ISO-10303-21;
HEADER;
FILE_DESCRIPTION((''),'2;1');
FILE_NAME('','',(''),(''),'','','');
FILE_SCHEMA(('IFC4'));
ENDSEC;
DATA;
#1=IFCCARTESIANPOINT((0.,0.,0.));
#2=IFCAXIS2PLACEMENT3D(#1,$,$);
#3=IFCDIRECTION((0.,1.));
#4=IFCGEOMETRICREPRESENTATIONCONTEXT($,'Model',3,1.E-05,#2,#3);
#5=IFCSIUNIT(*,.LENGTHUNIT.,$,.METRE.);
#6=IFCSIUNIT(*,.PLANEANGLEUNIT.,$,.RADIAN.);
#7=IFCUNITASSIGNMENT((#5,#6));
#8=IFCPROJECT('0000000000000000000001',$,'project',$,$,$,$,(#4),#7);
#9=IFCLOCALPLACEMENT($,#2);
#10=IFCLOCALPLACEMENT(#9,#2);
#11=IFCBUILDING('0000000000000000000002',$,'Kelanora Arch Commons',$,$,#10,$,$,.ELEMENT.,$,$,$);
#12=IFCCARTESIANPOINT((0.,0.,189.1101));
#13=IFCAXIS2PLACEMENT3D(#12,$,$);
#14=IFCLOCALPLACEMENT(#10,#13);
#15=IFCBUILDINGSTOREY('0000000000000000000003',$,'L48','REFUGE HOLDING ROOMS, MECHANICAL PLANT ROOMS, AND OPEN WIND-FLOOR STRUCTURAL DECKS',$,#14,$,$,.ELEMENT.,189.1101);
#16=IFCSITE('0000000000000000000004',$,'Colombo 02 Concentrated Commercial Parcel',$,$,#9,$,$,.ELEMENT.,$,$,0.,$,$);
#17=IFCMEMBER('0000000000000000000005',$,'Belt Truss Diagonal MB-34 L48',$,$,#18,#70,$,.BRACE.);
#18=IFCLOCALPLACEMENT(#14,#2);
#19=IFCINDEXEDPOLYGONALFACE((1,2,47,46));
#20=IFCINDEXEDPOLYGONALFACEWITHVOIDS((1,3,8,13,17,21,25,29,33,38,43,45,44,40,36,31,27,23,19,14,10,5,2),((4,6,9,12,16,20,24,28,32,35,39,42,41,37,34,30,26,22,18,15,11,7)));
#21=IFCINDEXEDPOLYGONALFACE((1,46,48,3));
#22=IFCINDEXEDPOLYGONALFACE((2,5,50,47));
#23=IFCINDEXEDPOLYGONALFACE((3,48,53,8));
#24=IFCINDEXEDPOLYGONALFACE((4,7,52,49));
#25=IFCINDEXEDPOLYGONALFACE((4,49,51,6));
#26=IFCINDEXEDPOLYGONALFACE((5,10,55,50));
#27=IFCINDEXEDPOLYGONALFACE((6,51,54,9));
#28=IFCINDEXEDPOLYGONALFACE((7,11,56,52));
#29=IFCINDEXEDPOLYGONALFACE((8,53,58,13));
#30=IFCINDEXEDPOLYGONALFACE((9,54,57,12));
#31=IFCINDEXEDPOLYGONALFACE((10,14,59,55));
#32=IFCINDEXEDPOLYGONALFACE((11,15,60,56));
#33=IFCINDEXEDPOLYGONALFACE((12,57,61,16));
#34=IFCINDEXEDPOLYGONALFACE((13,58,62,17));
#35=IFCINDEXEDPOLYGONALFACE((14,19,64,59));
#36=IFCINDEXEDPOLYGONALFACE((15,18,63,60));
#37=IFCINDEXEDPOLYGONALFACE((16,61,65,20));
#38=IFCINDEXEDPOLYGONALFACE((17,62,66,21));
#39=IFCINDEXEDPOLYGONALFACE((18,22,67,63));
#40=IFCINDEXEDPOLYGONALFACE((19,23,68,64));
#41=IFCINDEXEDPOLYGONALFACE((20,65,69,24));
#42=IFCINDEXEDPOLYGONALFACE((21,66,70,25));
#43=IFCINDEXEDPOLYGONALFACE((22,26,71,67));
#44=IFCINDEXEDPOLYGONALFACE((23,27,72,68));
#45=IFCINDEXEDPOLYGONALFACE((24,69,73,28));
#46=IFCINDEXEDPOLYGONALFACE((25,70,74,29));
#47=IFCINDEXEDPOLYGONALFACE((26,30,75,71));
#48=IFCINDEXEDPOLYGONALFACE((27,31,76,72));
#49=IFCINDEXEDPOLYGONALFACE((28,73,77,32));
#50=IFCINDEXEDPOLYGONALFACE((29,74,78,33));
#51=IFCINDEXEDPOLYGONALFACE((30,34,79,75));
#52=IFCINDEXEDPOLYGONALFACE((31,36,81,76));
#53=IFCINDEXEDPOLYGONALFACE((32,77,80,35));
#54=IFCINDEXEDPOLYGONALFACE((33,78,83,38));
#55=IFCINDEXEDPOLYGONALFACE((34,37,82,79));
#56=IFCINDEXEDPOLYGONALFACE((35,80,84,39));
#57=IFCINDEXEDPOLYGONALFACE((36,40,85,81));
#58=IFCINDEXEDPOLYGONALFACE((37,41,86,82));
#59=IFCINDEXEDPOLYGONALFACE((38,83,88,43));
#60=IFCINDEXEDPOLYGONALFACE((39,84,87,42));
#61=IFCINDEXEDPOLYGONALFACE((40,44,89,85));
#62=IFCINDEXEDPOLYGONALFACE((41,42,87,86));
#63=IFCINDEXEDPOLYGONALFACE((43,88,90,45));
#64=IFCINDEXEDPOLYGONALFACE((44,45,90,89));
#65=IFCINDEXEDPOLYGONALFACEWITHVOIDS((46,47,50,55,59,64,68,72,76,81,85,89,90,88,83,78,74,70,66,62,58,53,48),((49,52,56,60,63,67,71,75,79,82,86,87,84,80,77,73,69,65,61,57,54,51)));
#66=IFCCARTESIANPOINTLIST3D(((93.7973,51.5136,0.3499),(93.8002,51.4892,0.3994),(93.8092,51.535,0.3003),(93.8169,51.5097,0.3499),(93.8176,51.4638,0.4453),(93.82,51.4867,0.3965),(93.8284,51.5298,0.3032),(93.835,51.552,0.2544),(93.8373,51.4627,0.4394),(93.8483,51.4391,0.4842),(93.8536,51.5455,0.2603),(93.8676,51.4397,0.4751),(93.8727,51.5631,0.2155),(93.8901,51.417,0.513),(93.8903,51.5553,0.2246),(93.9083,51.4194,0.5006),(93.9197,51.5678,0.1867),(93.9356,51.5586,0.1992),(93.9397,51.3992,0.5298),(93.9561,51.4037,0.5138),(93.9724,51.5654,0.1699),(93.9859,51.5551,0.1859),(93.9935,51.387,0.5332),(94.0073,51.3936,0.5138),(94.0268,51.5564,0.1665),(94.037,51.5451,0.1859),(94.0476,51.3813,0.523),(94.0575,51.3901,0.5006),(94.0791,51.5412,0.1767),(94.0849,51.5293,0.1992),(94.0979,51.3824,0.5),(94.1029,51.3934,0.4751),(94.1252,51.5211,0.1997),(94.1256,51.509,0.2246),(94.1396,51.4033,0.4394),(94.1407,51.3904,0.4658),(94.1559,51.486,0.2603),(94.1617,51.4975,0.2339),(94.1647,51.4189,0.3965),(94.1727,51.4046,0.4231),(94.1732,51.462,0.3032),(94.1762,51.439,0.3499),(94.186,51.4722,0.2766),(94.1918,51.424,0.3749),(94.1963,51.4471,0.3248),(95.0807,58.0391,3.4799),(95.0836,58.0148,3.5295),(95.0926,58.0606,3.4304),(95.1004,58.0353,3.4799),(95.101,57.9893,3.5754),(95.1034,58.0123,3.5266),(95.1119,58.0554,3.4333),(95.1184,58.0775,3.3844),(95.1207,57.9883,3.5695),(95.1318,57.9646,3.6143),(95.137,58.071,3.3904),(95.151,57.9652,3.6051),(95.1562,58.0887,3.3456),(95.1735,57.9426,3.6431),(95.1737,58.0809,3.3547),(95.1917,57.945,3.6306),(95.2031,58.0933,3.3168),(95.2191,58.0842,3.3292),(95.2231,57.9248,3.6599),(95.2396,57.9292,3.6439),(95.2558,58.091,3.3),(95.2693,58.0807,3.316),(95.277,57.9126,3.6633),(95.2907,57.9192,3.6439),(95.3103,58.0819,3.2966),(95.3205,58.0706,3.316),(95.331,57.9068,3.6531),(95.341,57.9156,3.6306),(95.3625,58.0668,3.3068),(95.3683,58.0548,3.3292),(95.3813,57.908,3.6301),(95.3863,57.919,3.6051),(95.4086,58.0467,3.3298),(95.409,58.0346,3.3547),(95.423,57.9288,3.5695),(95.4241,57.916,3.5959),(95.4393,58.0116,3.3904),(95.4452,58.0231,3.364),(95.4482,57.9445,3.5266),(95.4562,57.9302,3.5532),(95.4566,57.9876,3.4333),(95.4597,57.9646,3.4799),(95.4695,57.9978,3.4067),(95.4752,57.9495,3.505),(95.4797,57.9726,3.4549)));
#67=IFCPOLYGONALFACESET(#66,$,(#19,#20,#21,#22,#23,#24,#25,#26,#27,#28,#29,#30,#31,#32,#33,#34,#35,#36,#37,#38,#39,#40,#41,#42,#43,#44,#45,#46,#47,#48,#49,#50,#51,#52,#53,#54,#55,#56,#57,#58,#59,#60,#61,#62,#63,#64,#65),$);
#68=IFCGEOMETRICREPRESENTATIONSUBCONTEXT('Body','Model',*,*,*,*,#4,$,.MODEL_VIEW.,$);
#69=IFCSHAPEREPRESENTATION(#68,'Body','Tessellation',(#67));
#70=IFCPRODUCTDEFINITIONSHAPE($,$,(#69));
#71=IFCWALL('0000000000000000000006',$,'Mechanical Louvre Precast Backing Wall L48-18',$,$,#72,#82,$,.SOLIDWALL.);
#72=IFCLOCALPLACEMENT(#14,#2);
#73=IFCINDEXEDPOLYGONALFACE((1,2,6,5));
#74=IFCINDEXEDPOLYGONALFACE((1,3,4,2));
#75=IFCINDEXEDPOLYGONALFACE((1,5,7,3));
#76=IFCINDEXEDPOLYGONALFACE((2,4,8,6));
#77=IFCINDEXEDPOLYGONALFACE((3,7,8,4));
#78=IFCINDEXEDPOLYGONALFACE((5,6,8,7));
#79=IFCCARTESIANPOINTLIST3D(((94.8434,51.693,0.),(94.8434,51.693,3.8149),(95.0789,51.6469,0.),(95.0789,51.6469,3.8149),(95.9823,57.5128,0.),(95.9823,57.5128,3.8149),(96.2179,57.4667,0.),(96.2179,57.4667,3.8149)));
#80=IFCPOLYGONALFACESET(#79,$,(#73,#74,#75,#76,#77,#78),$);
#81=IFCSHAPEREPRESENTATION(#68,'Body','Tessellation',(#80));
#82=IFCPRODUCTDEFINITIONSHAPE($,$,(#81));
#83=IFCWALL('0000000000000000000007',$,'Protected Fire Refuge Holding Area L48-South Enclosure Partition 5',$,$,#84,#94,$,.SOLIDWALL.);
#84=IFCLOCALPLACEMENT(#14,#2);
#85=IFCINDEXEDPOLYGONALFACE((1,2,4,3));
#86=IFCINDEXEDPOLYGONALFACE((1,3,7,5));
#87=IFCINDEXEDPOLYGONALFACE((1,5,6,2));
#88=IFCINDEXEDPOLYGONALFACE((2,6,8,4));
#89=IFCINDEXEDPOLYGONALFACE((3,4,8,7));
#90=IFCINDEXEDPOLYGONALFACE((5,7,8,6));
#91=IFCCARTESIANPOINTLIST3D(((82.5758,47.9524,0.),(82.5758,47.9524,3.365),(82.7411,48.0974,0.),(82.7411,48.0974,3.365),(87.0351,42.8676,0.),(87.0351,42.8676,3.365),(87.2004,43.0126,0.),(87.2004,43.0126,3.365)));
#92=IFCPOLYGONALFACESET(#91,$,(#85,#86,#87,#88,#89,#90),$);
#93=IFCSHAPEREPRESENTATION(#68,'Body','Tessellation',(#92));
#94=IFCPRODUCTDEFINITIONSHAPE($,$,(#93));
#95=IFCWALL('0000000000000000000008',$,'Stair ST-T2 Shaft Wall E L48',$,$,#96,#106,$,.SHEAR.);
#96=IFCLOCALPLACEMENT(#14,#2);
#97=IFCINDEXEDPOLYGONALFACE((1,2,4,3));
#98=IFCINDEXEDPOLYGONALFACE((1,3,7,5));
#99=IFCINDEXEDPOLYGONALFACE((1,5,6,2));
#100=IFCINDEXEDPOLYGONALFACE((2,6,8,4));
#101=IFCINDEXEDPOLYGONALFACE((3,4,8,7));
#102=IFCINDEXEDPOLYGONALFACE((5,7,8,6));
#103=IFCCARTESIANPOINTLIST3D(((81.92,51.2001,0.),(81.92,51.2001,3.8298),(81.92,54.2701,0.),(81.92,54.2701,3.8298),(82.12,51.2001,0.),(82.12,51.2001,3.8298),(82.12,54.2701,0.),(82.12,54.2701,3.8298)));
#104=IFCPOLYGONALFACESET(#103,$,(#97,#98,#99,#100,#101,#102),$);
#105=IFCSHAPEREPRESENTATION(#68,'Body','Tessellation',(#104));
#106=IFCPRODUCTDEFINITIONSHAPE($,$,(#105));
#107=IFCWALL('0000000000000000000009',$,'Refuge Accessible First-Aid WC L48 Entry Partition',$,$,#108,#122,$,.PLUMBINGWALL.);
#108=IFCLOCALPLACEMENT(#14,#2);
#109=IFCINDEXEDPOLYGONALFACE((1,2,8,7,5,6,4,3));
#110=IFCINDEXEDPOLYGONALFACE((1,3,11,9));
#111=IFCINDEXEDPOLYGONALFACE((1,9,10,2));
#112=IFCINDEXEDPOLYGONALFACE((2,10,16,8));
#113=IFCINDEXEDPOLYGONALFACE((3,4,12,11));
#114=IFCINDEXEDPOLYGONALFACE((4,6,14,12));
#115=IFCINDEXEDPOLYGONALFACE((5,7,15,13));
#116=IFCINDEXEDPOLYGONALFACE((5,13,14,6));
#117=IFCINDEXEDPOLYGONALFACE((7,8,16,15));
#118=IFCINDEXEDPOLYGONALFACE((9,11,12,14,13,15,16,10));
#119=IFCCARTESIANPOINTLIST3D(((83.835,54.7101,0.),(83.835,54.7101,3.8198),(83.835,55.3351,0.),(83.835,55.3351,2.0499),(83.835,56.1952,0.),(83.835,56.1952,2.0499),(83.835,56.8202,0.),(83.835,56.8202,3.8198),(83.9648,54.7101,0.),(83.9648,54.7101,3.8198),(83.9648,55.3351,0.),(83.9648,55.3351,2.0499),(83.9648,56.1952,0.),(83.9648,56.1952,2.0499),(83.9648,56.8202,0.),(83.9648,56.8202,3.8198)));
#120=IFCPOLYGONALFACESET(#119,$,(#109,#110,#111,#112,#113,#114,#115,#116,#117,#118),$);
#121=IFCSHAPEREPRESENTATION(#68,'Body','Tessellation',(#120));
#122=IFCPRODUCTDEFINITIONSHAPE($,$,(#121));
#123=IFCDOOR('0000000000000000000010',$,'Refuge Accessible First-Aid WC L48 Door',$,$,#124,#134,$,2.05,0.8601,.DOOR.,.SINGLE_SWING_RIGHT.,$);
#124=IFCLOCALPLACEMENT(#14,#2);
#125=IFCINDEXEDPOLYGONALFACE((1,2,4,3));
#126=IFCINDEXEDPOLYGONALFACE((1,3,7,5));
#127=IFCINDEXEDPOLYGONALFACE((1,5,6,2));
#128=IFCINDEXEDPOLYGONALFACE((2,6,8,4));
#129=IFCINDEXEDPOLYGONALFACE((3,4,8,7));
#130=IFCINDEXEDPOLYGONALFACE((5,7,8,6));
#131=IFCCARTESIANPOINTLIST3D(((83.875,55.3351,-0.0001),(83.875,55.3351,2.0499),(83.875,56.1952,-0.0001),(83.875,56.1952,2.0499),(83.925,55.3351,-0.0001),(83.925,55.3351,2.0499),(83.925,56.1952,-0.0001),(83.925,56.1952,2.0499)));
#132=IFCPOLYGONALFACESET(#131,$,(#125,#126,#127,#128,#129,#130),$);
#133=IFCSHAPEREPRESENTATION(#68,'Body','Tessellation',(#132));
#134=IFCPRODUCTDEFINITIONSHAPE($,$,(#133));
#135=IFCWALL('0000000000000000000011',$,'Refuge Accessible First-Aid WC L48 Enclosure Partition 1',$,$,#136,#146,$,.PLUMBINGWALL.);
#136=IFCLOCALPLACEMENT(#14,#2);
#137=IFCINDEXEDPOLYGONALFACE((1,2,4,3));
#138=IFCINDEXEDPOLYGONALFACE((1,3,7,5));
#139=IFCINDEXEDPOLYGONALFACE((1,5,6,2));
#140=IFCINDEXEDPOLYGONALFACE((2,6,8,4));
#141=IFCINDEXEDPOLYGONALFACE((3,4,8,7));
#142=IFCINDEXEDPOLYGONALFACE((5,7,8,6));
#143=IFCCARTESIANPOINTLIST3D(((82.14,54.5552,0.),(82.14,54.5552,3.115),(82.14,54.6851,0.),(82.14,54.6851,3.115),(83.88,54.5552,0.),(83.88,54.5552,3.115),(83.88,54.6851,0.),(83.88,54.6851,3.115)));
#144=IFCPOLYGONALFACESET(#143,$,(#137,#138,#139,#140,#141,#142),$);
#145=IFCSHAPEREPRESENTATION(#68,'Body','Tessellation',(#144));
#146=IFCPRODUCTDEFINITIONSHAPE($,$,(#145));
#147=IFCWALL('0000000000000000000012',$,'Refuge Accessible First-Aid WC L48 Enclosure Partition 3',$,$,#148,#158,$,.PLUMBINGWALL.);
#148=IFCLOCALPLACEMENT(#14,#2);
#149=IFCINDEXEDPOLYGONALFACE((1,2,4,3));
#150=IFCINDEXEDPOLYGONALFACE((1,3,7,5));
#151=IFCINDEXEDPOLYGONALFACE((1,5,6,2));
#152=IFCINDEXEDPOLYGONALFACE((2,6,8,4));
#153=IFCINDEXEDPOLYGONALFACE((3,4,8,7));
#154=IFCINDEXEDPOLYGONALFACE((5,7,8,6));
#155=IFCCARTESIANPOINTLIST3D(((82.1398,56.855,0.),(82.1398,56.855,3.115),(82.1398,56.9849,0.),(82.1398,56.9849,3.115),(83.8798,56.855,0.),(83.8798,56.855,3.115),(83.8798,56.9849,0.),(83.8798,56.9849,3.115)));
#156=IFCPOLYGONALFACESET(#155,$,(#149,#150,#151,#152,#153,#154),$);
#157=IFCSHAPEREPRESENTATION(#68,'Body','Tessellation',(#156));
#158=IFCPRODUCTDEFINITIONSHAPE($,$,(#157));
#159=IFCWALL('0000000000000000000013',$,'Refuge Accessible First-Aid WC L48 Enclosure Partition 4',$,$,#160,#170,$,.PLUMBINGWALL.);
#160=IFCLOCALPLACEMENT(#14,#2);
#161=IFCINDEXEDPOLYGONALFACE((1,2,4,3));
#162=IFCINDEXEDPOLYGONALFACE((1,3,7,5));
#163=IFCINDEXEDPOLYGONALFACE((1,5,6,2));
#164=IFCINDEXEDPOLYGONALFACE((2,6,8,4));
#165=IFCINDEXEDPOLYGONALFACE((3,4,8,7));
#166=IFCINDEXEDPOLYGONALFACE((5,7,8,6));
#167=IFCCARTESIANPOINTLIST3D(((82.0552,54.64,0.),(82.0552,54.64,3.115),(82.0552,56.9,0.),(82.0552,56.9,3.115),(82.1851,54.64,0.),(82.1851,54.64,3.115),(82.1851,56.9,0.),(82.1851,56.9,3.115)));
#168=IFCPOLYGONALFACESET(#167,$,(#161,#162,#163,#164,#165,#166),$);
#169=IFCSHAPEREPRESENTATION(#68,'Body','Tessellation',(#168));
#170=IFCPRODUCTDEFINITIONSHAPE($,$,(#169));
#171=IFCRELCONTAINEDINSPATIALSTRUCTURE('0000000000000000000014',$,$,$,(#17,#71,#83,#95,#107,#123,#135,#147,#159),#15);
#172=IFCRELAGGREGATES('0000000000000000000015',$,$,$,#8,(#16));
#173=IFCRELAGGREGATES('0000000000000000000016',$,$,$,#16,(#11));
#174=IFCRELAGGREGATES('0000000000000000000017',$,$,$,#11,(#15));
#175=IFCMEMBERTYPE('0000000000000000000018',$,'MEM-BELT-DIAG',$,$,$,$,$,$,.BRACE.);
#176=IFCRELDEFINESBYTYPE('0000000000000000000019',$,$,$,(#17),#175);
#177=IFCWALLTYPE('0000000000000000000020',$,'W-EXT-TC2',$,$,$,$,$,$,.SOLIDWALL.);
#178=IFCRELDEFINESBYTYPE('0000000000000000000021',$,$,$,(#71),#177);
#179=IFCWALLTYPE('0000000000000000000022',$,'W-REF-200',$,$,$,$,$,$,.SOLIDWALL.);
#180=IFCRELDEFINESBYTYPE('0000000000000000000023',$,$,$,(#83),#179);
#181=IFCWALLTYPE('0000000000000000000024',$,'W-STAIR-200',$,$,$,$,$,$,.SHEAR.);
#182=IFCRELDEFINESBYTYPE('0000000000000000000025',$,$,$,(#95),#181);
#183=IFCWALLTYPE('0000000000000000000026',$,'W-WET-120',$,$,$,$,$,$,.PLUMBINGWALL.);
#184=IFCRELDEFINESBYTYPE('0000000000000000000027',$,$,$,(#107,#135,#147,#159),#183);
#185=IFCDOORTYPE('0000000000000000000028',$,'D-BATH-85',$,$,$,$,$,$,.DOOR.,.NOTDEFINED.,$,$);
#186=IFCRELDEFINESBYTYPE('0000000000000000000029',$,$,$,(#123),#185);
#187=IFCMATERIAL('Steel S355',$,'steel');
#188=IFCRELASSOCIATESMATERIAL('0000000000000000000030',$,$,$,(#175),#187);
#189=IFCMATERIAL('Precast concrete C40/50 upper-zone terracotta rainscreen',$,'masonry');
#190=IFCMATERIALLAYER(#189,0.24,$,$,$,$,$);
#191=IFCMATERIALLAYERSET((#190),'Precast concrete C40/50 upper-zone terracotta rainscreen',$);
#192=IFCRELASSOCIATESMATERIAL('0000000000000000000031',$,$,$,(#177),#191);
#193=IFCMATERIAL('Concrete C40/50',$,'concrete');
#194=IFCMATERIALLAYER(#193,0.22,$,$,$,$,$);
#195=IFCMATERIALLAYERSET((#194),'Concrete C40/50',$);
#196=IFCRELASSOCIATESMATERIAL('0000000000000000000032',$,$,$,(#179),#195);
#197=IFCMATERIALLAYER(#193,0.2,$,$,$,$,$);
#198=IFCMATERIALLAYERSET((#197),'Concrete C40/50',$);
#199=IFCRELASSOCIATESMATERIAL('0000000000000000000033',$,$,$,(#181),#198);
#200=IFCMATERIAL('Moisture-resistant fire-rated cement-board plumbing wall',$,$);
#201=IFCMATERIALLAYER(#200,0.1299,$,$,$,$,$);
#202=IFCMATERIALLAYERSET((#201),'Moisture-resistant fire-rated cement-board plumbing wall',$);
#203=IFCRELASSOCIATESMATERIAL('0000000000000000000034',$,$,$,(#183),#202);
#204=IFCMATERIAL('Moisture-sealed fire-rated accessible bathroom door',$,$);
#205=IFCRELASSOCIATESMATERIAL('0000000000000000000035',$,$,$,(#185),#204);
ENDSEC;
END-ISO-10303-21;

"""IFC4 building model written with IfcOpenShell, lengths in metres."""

from ifc_helpers import new_model, si_unit, direction, frame, frame_2d, origin, origin_2d, place, context, subcontext, project, spatial, rectangle, hollow_circle, extrude, material, layer, layer_set, material_profile, profile_set, type_object, element, fill, save


model = new_model("IFC4")

# Units and contexts
model_context = context("Model", 3, precision=1e-05, world=origin(), true_north=direction((0.0, 1.0)))
body_context = subcontext(model_context, "Body", "Model", "MODEL_VIEW")
ifc_project = project(units=[si_unit("LENGTHUNIT", "METRE"), si_unit("PLANEANGLEUNIT", "RADIAN")], contexts=[model_context])

# Site, building, storey
site_placement = place(None, origin())
site = spatial("IfcSite", under=ifc_project, at=site_placement, Name="Colombo 02 Concentrated Commercial Parcel", CompositionType="ELEMENT", RefElevation=0.0)
building_placement = place(site_placement, origin())
building = spatial("IfcBuilding", under=site, at=building_placement, Name="Kelanora Arch Commons", CompositionType="ELEMENT")
storey_placement = place(building_placement, frame((0.0, 0.0, 189.1101)))
storey = spatial("IfcBuildingStorey", under=building, at=storey_placement, Name="L48", Description="REFUGE HOLDING ROOMS, MECHANICAL PLANT ROOMS, AND OPEN WIND-FLOOR STRUCTURAL DECKS", CompositionType="ELEMENT", Elevation=189.1101)

# Shared definitions
ifc_material_1 = material(Name="Steel S355", Category="steel")

# Member
ifc_material_profile_1 = material_profile(ifc_material_1, hollow_circle(Radius=0.2031, WallThickness=0.02, at=origin_2d()), Name="CHS406.4x20")
ifc_profile_set_1 = profile_set([ifc_material_profile_1], Name="Steel S355")
member_type = type_object("IfcMemberType", Name="MEM-BELT-DIAG", PredefinedType="BRACE", material=ifc_profile_set_1)
member_placement = place(storey_placement, frame((93.9966, 51.4744, 0.3499), z_axis=(0.174608, 0.887789, 0.425843), x_axis=(-0.981203, 0.192981, 0.0)))
element("IfcMember", 1, at=member_placement, inside=storey, type_object=member_type, Name="Belt Truss Diagonal MB-34 L48", PredefinedType="BRACE", context=body_context, shape_type="SweptSolid", body=[
    extrude(hollow_circle(Radius=0.2031, WallThickness=0.02, at=origin_2d()), origin(), (0.0, 0.0, 1.0), 7.3503),
])

# Walls
ifc_material_2 = material(Name="Precast concrete C40/50 upper-zone terracotta rainscreen", Category="masonry")
ifc_layer_1 = layer(ifc_material_2, 0.24)
ifc_layer_set_1 = layer_set([ifc_layer_1], Name="Precast concrete C40/50 upper-zone terracotta rainscreen")
wall_type_1 = type_object("IfcWallType", Name="W-EXT-TC2", PredefinedType="SOLIDWALL", material=ifc_layer_set_1)
wall_1_placement = place(storey_placement, frame((94.9612, 51.6699, 0.0), z_axis=(0.0, 0.0, 1.0), x_axis=(0.192053, 0.981385, 0.0)))
element("IfcWall", 2, at=wall_1_placement, inside=storey, type_object=wall_type_1, Name="Mechanical Louvre Precast Backing Wall L48-18", PredefinedType="SOLIDWALL", context=body_context, shape_type="SweptSolid", body=[
    extrude(rectangle(XDim=5.9302, YDim=0.24, at=frame_2d((2.9651, 0.0))), origin(), (0.0, 0.0, 1.0), 3.8149),
])
ifc_material_3 = material(Name="Concrete C40/50", Category="concrete")
ifc_layer_2 = layer(ifc_material_3, 0.22)
ifc_layer_set_2 = layer_set([ifc_layer_2], Name="Concrete C40/50")
wall_type_2 = type_object("IfcWallType", Name="W-REF-200", PredefinedType="SOLIDWALL", material=ifc_layer_set_2)
wall_2_placement = place(storey_placement, frame((82.6584, 48.0249, 0.0), z_axis=(0.0, 0.0, 1.0), x_axis=(0.65935, -0.751836, 0.0)))
element("IfcWall", 3, at=wall_2_placement, inside=storey, type_object=wall_type_2, Name="Protected Fire Refuge Holding Area L48-South Enclosure Partition 5", PredefinedType="SOLIDWALL", context=body_context, shape_type="SweptSolid", body=[
    extrude(rectangle(XDim=6.7632, YDim=0.22, at=frame_2d((3.3816, 0.0))), origin(), (0.0, 0.0, 1.0), 3.365),
])
ifc_layer_3 = layer(ifc_material_3, 0.2)
ifc_layer_set_3 = layer_set([ifc_layer_3], Name="Concrete C40/50")
wall_type_3 = type_object("IfcWallType", Name="W-STAIR-200", PredefinedType="SHEAR", material=ifc_layer_set_3)
wall_3_placement = place(storey_placement, frame((82.02, 51.2, 0.0), z_axis=(0.0, 0.0, 1.0), x_axis=(0.0, 1.0, 0.0)))
element("IfcWall", 4, at=wall_3_placement, inside=storey, type_object=wall_type_3, Name="Stair ST-T2 Shaft Wall E L48", PredefinedType="SHEAR", context=body_context, shape_type="SweptSolid", body=[
    extrude(rectangle(XDim=3.0701, YDim=0.2, at=frame_2d((1.5352, 0.0))), origin(), (0.0, 0.0, 1.0), 3.8298),
])

# Wall, opening, door
ifc_material_4 = material(Name="Moisture-resistant fire-rated cement-board plumbing wall")
ifc_layer_4 = layer(ifc_material_4, 0.1299)
ifc_layer_set_4 = layer_set([ifc_layer_4], Name="Moisture-resistant fire-rated cement-board plumbing wall")
wall_type_4 = type_object("IfcWallType", Name="W-WET-120", PredefinedType="PLUMBINGWALL", material=ifc_layer_set_4)
wall_4_placement = place(storey_placement, frame((83.8999, 54.71, 0.0), z_axis=(0.0, 0.0, 1.0), x_axis=(0.0, 1.0, 0.0)))
wall_4 = element("IfcWall", 5, at=wall_4_placement, inside=storey, type_object=wall_type_4, Name="Refuge Accessible First-Aid WC L48 Entry Partition", PredefinedType="PLUMBINGWALL", context=body_context, shape_type="SweptSolid", body=[
    extrude(rectangle(XDim=2.1101, YDim=0.1299, at=frame_2d((1.0552, 0.0))), origin(), (0.0, 0.0, 1.0), 3.8198),
])
opening_placement = place(wall_4_placement, frame((0.625, 0.0, 0.0)))
opening = element("IfcOpeningElement", 6, at=opening_placement, cuts=wall_4, PredefinedType="OPENING", context=body_context, shape_type="SweptSolid", body=[
    extrude(rectangle(XDim=0.8601, YDim=2.05, at=frame_2d((0.4302, 1.0249))), frame((0.0, 0.075, 0.0), z_axis=(0.0, -1.0, 0.0), x_axis=(1.0, 0.0, 0.0)), (0.0, 0.0, 1.0), 0.1499),
])
ifc_material_5 = material(Name="Moisture-sealed fire-rated accessible bathroom door")
door_type = type_object("IfcDoorType", Name="D-BATH-85", OperationType="NOTDEFINED", PredefinedType="DOOR", material=ifc_material_5)
door_placement = place(opening_placement, origin())
door = element("IfcDoor", 7, at=door_placement, inside=storey, type_object=door_type, Name="Refuge Accessible First-Aid WC L48 Door", OperationType="SINGLE_SWING_RIGHT", OverallHeight=2.05, OverallWidth=0.8601, PredefinedType="DOOR", context=body_context, shape_type="SweptSolid", body=[
    extrude(rectangle(XDim=0.8601, YDim=2.05, at=frame_2d((0.4302, 1.0249))), frame((0.0, 0.0249, 0.0), z_axis=(0.0, -1.0, 0.0), x_axis=(1.0, 0.0, 0.0)), (0.0, 0.0, 1.0), 0.05),
])
fill(opening, door)

# Walls
for number, where, z_axis, x_axis, name in (
    (8, (82.1399, 54.6201, 0.0), (0.0, 0.0, 1.0), (1.0, 0.0, 0.0), "Refuge Accessible First-Aid WC L48 Enclosure Partition 1"),
    (9, (83.8799, 56.9199, 0.0), (0.0, 0.0, 1.0), (-1.0, 0.0, 0.0), "Refuge Accessible First-Aid WC L48 Enclosure Partition 3"),
):
    element("IfcWall", number, at=place(storey_placement, frame(where, z_axis=z_axis, x_axis=x_axis)), inside=storey, type_object=wall_type_4, Name=name, PredefinedType="PLUMBINGWALL", context=body_context, shape_type="SweptSolid", body=[
        extrude(rectangle(XDim=1.74, YDim=0.1299, at=frame_2d((0.8701, 0.0))), origin(), (0.0, 0.0, 1.0), 3.115),
    ])
wall_5_placement = place(storey_placement, frame((82.1201, 56.8999, 0.0), z_axis=(0.0, 0.0, 1.0), x_axis=(0.0, -1.0, 0.0)))
element("IfcWall", 10, at=wall_5_placement, inside=storey, type_object=wall_type_4, Name="Refuge Accessible First-Aid WC L48 Enclosure Partition 4", PredefinedType="PLUMBINGWALL", context=body_context, shape_type="SweptSolid", body=[
    extrude(rectangle(XDim=2.26, YDim=0.1299, at=frame_2d((1.1299, 0.0))), origin(), (0.0, 0.0, 1.0), 3.115),
])

save(model, "model.ifc")
